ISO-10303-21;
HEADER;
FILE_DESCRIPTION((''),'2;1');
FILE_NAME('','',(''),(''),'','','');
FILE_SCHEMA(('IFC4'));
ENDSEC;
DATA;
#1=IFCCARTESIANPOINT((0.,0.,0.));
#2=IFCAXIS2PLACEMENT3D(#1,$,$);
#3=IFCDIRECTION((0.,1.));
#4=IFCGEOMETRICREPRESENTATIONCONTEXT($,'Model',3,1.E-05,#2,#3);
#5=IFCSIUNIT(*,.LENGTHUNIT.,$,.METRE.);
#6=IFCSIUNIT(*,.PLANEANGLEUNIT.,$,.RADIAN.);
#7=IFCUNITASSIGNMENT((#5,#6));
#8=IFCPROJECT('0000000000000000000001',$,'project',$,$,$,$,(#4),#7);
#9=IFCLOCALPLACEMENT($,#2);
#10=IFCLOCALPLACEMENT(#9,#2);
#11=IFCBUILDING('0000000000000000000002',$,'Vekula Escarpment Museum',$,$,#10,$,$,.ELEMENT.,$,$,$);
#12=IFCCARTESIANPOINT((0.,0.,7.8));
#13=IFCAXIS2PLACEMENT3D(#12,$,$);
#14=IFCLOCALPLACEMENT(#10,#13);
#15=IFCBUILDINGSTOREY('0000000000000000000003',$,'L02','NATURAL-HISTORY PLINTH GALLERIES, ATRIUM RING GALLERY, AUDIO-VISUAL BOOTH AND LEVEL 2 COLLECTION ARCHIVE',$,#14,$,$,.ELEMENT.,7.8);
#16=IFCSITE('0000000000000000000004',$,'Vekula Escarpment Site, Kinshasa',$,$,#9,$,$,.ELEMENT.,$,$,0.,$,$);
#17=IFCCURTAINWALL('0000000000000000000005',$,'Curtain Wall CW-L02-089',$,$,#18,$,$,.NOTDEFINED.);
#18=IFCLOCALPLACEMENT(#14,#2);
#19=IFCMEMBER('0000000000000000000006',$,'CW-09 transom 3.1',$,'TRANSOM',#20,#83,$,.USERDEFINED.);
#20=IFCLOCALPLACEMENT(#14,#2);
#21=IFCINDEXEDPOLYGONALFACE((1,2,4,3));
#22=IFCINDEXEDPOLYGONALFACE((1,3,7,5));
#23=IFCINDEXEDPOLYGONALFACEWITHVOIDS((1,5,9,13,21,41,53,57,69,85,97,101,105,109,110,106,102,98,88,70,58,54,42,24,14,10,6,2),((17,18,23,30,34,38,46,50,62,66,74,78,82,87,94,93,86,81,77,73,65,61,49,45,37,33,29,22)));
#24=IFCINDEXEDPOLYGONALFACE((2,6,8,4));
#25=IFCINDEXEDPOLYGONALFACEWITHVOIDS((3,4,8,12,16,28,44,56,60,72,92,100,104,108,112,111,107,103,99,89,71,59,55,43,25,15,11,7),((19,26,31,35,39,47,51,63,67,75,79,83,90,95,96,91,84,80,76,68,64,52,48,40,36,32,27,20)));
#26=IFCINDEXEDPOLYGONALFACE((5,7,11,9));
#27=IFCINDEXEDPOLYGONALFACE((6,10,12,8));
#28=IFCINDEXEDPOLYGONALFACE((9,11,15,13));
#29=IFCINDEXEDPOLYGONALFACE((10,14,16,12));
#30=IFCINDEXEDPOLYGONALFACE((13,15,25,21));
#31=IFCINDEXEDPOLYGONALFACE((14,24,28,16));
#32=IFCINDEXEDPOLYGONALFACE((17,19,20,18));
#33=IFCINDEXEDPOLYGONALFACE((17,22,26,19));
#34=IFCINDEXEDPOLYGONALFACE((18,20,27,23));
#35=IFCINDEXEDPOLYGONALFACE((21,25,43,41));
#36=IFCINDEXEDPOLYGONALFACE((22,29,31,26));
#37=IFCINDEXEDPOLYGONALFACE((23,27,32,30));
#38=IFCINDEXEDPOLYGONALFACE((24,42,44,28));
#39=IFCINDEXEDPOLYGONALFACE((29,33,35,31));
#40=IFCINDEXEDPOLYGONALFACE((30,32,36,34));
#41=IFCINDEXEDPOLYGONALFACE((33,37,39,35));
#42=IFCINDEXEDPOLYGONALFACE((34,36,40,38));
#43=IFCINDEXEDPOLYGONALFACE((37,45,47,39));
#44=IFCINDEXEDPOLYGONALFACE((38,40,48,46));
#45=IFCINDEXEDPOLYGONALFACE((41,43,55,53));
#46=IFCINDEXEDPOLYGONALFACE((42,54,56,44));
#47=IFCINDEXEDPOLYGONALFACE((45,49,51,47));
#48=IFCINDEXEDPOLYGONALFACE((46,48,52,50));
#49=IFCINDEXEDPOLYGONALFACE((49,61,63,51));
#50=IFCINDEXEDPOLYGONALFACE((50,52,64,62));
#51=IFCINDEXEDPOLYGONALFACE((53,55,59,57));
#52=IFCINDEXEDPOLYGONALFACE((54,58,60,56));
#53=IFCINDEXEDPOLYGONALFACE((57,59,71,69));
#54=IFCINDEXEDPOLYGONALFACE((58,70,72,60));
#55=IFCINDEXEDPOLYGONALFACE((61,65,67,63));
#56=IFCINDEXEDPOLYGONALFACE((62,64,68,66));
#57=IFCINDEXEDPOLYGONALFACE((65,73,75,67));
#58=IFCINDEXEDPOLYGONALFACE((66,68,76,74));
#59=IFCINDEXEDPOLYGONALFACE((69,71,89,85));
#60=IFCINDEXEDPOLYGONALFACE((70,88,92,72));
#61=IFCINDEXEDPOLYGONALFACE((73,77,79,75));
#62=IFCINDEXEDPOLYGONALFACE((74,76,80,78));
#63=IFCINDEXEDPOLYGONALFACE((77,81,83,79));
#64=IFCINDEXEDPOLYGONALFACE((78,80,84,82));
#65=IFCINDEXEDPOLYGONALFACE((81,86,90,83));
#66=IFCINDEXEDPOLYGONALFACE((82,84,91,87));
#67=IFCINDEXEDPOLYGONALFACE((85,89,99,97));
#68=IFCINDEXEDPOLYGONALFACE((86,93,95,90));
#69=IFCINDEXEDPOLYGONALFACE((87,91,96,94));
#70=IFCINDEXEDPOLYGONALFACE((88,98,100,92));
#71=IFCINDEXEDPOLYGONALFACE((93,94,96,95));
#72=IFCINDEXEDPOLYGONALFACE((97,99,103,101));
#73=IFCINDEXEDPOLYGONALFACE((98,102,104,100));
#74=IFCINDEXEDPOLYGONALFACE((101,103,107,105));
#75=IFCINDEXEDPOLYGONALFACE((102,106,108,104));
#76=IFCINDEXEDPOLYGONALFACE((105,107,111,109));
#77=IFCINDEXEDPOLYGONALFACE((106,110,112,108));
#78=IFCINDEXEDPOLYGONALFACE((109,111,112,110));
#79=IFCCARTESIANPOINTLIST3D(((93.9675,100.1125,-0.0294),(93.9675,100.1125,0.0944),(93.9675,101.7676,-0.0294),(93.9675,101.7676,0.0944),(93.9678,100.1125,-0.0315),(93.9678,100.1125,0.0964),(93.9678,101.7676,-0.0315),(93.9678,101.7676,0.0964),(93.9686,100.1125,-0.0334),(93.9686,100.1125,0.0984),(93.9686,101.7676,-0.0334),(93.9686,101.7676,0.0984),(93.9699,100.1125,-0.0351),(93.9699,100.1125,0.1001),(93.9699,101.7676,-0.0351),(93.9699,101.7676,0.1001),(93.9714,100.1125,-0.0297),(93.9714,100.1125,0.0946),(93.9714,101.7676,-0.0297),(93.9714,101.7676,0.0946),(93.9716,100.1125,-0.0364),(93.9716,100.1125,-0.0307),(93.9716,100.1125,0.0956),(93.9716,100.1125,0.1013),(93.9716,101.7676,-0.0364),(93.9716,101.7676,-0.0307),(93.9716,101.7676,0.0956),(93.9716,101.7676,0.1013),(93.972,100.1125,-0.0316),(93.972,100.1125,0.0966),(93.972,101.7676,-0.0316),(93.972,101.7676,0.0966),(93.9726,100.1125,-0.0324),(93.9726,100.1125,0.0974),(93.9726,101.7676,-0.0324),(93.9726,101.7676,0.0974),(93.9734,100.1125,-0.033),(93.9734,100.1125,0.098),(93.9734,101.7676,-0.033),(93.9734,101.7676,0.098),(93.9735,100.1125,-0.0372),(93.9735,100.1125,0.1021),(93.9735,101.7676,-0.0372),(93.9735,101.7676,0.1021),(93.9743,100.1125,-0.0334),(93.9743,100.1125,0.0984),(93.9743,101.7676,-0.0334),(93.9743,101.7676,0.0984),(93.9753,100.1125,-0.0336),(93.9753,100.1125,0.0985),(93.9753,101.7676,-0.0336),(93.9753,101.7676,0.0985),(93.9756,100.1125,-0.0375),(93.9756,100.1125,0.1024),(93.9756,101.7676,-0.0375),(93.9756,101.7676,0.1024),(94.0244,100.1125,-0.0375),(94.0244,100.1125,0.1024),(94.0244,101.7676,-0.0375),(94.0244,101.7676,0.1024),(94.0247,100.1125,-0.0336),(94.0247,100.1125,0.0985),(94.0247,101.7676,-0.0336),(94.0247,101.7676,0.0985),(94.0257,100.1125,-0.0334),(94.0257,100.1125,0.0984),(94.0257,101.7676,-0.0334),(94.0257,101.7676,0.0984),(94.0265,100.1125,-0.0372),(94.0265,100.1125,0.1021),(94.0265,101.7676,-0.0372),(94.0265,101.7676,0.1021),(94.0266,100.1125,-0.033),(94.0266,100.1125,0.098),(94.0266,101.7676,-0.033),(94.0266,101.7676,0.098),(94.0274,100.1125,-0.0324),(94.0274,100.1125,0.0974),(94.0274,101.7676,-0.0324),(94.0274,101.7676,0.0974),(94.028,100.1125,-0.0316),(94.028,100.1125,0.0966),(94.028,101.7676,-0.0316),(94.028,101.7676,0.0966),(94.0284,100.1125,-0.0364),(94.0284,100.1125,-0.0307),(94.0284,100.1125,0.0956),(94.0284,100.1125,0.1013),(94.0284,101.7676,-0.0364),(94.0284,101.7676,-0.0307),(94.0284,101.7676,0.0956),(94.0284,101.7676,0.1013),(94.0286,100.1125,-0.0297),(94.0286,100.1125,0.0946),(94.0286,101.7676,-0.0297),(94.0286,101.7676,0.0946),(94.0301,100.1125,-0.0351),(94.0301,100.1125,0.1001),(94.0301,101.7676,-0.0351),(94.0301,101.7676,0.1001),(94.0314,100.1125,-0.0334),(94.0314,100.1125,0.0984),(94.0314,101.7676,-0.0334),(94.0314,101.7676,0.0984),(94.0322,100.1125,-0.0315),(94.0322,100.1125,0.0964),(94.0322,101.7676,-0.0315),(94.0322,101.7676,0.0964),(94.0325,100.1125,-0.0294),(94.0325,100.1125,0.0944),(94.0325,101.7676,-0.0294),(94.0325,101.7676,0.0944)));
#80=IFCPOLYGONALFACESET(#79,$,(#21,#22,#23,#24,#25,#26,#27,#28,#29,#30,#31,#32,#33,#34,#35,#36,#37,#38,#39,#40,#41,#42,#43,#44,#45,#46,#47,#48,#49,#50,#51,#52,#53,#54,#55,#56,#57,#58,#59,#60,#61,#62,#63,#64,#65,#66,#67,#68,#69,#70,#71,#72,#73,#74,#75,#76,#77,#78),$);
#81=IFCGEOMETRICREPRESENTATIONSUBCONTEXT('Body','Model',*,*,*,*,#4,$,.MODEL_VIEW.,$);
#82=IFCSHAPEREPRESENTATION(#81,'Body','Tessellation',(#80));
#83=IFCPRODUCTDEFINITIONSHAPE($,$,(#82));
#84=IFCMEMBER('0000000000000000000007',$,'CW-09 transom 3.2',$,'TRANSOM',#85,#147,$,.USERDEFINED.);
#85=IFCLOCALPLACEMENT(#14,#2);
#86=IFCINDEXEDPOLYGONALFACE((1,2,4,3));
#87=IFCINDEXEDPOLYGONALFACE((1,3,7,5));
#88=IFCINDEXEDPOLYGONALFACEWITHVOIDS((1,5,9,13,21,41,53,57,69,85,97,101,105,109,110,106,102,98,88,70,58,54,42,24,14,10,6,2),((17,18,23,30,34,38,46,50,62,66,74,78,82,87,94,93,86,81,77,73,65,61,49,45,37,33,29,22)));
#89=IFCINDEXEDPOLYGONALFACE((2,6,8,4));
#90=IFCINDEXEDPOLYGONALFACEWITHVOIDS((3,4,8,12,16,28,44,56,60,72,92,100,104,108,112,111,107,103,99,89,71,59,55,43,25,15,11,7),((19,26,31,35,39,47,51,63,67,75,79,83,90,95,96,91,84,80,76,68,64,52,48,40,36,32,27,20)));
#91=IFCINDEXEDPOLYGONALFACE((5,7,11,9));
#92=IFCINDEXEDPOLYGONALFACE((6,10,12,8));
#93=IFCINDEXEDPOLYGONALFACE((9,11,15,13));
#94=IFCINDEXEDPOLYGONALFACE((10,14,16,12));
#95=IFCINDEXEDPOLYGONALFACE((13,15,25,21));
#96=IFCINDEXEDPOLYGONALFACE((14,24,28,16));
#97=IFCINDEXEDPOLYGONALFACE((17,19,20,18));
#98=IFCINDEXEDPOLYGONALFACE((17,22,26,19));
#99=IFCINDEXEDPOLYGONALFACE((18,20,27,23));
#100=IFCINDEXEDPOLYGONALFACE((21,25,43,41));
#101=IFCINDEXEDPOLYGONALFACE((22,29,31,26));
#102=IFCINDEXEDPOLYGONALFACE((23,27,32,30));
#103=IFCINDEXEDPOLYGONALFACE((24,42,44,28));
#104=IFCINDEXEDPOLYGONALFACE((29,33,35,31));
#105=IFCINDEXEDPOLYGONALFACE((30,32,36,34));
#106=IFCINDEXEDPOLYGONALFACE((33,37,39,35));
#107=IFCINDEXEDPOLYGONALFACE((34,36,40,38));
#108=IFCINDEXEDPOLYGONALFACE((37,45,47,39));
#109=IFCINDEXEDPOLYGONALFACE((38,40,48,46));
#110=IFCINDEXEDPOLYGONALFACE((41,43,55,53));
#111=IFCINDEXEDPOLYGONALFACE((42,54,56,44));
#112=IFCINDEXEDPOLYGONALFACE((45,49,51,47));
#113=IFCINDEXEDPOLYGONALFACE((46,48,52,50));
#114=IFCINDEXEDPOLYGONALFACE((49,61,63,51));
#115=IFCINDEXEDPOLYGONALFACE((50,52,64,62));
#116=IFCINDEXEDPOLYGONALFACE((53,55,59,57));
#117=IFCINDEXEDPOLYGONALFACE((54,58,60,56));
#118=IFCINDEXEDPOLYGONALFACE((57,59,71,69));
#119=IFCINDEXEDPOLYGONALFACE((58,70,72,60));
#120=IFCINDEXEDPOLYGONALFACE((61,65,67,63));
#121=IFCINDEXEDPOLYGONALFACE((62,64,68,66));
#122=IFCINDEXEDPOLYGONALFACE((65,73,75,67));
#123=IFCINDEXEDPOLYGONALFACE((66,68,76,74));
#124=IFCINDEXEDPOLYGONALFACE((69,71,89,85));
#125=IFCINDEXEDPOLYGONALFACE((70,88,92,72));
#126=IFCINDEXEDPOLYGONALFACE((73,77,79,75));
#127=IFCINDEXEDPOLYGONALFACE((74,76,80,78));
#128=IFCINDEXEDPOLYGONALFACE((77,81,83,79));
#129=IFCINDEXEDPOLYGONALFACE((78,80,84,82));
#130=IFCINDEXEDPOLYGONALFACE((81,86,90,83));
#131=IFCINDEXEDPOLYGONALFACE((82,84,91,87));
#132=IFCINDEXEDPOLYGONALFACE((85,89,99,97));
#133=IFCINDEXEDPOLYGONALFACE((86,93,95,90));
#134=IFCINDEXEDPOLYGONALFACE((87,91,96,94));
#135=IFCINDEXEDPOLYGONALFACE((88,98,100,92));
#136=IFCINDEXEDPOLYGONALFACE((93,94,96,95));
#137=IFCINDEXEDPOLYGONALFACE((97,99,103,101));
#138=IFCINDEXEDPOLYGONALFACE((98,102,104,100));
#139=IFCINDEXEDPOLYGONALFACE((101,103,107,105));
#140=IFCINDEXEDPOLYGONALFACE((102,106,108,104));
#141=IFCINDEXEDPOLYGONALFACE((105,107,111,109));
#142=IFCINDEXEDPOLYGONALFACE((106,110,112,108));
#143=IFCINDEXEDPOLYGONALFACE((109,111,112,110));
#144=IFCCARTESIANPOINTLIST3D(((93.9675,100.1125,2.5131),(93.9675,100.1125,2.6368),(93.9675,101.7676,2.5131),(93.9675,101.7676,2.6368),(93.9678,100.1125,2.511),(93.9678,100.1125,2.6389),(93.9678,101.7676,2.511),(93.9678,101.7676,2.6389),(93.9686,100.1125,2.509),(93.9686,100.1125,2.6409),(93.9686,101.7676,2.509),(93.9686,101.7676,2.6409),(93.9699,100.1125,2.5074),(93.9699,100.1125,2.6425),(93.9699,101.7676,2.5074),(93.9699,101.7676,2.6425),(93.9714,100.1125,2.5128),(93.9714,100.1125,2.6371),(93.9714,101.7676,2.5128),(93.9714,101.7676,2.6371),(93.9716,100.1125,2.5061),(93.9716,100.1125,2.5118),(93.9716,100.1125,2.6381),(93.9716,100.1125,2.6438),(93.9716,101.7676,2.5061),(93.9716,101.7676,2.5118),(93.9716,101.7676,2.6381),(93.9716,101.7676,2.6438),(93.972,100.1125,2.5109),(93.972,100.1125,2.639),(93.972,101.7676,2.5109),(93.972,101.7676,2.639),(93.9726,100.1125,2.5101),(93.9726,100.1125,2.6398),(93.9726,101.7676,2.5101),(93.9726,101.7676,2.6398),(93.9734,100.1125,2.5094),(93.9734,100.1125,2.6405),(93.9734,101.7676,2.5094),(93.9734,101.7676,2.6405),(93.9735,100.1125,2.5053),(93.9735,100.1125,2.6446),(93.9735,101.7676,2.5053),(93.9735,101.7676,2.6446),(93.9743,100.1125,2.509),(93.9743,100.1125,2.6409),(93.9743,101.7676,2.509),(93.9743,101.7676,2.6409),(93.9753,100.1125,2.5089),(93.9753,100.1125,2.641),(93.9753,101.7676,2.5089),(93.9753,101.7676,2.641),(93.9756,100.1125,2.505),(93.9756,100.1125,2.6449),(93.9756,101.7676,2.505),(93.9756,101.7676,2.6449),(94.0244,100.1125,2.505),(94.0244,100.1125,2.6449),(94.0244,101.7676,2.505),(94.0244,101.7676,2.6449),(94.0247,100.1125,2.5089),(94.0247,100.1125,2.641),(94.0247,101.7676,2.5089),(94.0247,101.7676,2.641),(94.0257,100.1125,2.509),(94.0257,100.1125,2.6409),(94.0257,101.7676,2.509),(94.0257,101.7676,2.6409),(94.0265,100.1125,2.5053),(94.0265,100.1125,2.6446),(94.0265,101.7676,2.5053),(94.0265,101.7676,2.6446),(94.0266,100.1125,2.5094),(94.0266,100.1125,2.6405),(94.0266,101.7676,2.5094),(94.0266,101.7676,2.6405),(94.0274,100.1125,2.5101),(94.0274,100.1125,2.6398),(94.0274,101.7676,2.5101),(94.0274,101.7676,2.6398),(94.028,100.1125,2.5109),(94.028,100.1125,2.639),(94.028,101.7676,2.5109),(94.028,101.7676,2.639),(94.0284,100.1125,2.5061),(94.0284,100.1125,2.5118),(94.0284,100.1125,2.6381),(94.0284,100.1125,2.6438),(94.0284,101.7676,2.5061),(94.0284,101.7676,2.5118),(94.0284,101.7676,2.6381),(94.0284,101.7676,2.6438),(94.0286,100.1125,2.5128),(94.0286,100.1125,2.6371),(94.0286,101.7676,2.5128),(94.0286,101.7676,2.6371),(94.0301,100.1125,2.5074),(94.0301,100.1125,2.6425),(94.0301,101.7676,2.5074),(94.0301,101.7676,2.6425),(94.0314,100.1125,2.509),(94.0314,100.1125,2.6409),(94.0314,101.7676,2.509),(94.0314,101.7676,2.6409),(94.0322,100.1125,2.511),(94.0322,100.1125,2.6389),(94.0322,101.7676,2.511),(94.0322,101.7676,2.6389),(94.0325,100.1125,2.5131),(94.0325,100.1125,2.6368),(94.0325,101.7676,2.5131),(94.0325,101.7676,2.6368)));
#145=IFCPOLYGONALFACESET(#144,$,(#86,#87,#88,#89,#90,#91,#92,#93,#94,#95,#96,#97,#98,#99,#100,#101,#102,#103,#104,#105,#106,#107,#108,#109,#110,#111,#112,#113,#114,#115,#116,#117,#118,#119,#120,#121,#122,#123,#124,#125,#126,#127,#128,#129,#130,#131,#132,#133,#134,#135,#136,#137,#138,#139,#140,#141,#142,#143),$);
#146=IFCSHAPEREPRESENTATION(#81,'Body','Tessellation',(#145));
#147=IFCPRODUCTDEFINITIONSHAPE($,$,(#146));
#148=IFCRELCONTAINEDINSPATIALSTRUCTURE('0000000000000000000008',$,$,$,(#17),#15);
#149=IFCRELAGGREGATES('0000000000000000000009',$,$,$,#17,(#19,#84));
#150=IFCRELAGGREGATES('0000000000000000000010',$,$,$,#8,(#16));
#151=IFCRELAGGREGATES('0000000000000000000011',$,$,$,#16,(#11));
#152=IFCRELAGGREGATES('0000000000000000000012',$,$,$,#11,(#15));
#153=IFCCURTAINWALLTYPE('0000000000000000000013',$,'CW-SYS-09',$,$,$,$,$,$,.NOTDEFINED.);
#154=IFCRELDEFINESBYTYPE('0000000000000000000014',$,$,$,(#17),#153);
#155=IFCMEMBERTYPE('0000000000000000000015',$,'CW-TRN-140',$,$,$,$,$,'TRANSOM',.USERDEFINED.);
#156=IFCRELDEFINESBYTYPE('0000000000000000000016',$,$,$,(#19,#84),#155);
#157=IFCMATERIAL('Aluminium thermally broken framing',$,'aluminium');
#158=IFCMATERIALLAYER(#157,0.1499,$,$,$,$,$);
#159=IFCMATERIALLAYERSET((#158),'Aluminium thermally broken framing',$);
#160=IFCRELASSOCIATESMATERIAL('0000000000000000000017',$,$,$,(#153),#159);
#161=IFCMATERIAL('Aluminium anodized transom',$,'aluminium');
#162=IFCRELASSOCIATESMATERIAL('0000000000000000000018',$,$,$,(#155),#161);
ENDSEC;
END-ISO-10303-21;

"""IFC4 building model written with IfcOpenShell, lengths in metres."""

from ifc_helpers import new_model, si_unit, direction, frame, origin, origin_2d, place, context, subcontext, project, spatial, hollow_rectangle, extrude, material, layer, layer_set, material_profile, profile_set, type_object, element, aggregate, save


model = new_model("IFC4")

# Units and contexts
model_context = context("Model", 3, precision=1e-05, world=origin(), true_north=direction((0.0, 1.0)))
body_context = subcontext(model_context, "Body", "Model", "MODEL_VIEW")
ifc_project = project(units=[si_unit("LENGTHUNIT", "METRE"), si_unit("PLANEANGLEUNIT", "RADIAN")], contexts=[model_context])

# Site, building, storey
site_placement = place(None, origin())
site = spatial("IfcSite", under=ifc_project, at=site_placement, Name="Vekula Escarpment Site, Kinshasa", CompositionType="ELEMENT", RefElevation=0.0)
building_placement = place(site_placement, origin())
building = spatial("IfcBuilding", under=site, at=building_placement, Name="Vekula Escarpment Museum", CompositionType="ELEMENT")
storey_placement = place(building_placement, frame((0.0, 0.0, 7.8)))
storey = spatial("IfcBuildingStorey", under=building, at=storey_placement, Name="L02", Description="NATURAL-HISTORY PLINTH GALLERIES, ATRIUM RING GALLERY, AUDIO-VISUAL BOOTH AND LEVEL 2 COLLECTION ARCHIVE", CompositionType="ELEMENT", Elevation=7.8)

# Curtain wall
ifc_material_1 = material(Name="Aluminium thermally broken framing", Category="aluminium")
ifc_layer_1 = layer(ifc_material_1, 0.1499)
ifc_layer_set_1 = layer_set([ifc_layer_1], Name="Aluminium thermally broken framing")
curtain_wall_type_1 = type_object("IfcCurtainWallType", Name="CW-SYS-09", PredefinedType="NOTDEFINED", material=ifc_layer_set_1)
curtain_wall_1_placement = place(storey_placement, origin())
curtain_wall_1 = element("IfcCurtainWall", 1, at=curtain_wall_1_placement, inside=storey, type_object=curtain_wall_type_1, Name="Curtain Wall CW-L02-089", PredefinedType="NOTDEFINED")

# Members
ifc_material_2 = material(Name="Aluminium anodized transom", Category="aluminium")
ifc_material_profile_1 = material_profile(ifc_material_2, hollow_rectangle(XDim=0.0649, YDim=0.1399, WallThickness=0.0039, InnerFilletRadius=0.0039, OuterFilletRadius=0.0081, at=origin_2d()), Name="ALU 140x65x4")
ifc_profile_set_1 = profile_set([ifc_material_profile_1], Name="Aluminium anodized transom")
member_type_1 = type_object("IfcMemberType", Name="CW-TRN-140", ElementType="TRANSOM", PredefinedType="USERDEFINED", material=ifc_profile_set_1)
member_1_placement = place(storey_placement, frame((94.0, 101.7676, 0.0325), z_axis=(0.0, -1.0, 0.0), x_axis=(1.0, 0.0, 0.0)))
member_1 = element("IfcMember", 2, at=member_1_placement, type_object=member_type_1, Name="CW-09 transom 3.1", ObjectType="TRANSOM", PredefinedType="USERDEFINED", context=body_context, shape_type="SweptSolid", body=[
    extrude(hollow_rectangle(XDim=0.0649, YDim=0.1399, WallThickness=0.0039, InnerFilletRadius=0.0039, OuterFilletRadius=0.0081, at=origin_2d()), origin(), (0.0, 0.0, 1.0), 1.655),
])
member_2_placement = place(storey_placement, frame((94.0, 101.7676, 2.575), z_axis=(0.0, -1.0, 0.0), x_axis=(1.0, 0.0, 0.0)))
member_2 = element("IfcMember", 3, at=member_2_placement, type_object=member_type_1, Name="CW-09 transom 3.2", ObjectType="TRANSOM", PredefinedType="USERDEFINED", context=body_context, shape_type="SweptSolid", body=[
    extrude(hollow_rectangle(XDim=0.0649, YDim=0.1399, WallThickness=0.0039, InnerFilletRadius=0.0039, OuterFilletRadius=0.0081, at=origin_2d()), origin(), (0.0, 0.0, 1.0), 1.655),
])

aggregate(curtain_wall_1, [member_1, member_2])

save(model, "model.ifc")
